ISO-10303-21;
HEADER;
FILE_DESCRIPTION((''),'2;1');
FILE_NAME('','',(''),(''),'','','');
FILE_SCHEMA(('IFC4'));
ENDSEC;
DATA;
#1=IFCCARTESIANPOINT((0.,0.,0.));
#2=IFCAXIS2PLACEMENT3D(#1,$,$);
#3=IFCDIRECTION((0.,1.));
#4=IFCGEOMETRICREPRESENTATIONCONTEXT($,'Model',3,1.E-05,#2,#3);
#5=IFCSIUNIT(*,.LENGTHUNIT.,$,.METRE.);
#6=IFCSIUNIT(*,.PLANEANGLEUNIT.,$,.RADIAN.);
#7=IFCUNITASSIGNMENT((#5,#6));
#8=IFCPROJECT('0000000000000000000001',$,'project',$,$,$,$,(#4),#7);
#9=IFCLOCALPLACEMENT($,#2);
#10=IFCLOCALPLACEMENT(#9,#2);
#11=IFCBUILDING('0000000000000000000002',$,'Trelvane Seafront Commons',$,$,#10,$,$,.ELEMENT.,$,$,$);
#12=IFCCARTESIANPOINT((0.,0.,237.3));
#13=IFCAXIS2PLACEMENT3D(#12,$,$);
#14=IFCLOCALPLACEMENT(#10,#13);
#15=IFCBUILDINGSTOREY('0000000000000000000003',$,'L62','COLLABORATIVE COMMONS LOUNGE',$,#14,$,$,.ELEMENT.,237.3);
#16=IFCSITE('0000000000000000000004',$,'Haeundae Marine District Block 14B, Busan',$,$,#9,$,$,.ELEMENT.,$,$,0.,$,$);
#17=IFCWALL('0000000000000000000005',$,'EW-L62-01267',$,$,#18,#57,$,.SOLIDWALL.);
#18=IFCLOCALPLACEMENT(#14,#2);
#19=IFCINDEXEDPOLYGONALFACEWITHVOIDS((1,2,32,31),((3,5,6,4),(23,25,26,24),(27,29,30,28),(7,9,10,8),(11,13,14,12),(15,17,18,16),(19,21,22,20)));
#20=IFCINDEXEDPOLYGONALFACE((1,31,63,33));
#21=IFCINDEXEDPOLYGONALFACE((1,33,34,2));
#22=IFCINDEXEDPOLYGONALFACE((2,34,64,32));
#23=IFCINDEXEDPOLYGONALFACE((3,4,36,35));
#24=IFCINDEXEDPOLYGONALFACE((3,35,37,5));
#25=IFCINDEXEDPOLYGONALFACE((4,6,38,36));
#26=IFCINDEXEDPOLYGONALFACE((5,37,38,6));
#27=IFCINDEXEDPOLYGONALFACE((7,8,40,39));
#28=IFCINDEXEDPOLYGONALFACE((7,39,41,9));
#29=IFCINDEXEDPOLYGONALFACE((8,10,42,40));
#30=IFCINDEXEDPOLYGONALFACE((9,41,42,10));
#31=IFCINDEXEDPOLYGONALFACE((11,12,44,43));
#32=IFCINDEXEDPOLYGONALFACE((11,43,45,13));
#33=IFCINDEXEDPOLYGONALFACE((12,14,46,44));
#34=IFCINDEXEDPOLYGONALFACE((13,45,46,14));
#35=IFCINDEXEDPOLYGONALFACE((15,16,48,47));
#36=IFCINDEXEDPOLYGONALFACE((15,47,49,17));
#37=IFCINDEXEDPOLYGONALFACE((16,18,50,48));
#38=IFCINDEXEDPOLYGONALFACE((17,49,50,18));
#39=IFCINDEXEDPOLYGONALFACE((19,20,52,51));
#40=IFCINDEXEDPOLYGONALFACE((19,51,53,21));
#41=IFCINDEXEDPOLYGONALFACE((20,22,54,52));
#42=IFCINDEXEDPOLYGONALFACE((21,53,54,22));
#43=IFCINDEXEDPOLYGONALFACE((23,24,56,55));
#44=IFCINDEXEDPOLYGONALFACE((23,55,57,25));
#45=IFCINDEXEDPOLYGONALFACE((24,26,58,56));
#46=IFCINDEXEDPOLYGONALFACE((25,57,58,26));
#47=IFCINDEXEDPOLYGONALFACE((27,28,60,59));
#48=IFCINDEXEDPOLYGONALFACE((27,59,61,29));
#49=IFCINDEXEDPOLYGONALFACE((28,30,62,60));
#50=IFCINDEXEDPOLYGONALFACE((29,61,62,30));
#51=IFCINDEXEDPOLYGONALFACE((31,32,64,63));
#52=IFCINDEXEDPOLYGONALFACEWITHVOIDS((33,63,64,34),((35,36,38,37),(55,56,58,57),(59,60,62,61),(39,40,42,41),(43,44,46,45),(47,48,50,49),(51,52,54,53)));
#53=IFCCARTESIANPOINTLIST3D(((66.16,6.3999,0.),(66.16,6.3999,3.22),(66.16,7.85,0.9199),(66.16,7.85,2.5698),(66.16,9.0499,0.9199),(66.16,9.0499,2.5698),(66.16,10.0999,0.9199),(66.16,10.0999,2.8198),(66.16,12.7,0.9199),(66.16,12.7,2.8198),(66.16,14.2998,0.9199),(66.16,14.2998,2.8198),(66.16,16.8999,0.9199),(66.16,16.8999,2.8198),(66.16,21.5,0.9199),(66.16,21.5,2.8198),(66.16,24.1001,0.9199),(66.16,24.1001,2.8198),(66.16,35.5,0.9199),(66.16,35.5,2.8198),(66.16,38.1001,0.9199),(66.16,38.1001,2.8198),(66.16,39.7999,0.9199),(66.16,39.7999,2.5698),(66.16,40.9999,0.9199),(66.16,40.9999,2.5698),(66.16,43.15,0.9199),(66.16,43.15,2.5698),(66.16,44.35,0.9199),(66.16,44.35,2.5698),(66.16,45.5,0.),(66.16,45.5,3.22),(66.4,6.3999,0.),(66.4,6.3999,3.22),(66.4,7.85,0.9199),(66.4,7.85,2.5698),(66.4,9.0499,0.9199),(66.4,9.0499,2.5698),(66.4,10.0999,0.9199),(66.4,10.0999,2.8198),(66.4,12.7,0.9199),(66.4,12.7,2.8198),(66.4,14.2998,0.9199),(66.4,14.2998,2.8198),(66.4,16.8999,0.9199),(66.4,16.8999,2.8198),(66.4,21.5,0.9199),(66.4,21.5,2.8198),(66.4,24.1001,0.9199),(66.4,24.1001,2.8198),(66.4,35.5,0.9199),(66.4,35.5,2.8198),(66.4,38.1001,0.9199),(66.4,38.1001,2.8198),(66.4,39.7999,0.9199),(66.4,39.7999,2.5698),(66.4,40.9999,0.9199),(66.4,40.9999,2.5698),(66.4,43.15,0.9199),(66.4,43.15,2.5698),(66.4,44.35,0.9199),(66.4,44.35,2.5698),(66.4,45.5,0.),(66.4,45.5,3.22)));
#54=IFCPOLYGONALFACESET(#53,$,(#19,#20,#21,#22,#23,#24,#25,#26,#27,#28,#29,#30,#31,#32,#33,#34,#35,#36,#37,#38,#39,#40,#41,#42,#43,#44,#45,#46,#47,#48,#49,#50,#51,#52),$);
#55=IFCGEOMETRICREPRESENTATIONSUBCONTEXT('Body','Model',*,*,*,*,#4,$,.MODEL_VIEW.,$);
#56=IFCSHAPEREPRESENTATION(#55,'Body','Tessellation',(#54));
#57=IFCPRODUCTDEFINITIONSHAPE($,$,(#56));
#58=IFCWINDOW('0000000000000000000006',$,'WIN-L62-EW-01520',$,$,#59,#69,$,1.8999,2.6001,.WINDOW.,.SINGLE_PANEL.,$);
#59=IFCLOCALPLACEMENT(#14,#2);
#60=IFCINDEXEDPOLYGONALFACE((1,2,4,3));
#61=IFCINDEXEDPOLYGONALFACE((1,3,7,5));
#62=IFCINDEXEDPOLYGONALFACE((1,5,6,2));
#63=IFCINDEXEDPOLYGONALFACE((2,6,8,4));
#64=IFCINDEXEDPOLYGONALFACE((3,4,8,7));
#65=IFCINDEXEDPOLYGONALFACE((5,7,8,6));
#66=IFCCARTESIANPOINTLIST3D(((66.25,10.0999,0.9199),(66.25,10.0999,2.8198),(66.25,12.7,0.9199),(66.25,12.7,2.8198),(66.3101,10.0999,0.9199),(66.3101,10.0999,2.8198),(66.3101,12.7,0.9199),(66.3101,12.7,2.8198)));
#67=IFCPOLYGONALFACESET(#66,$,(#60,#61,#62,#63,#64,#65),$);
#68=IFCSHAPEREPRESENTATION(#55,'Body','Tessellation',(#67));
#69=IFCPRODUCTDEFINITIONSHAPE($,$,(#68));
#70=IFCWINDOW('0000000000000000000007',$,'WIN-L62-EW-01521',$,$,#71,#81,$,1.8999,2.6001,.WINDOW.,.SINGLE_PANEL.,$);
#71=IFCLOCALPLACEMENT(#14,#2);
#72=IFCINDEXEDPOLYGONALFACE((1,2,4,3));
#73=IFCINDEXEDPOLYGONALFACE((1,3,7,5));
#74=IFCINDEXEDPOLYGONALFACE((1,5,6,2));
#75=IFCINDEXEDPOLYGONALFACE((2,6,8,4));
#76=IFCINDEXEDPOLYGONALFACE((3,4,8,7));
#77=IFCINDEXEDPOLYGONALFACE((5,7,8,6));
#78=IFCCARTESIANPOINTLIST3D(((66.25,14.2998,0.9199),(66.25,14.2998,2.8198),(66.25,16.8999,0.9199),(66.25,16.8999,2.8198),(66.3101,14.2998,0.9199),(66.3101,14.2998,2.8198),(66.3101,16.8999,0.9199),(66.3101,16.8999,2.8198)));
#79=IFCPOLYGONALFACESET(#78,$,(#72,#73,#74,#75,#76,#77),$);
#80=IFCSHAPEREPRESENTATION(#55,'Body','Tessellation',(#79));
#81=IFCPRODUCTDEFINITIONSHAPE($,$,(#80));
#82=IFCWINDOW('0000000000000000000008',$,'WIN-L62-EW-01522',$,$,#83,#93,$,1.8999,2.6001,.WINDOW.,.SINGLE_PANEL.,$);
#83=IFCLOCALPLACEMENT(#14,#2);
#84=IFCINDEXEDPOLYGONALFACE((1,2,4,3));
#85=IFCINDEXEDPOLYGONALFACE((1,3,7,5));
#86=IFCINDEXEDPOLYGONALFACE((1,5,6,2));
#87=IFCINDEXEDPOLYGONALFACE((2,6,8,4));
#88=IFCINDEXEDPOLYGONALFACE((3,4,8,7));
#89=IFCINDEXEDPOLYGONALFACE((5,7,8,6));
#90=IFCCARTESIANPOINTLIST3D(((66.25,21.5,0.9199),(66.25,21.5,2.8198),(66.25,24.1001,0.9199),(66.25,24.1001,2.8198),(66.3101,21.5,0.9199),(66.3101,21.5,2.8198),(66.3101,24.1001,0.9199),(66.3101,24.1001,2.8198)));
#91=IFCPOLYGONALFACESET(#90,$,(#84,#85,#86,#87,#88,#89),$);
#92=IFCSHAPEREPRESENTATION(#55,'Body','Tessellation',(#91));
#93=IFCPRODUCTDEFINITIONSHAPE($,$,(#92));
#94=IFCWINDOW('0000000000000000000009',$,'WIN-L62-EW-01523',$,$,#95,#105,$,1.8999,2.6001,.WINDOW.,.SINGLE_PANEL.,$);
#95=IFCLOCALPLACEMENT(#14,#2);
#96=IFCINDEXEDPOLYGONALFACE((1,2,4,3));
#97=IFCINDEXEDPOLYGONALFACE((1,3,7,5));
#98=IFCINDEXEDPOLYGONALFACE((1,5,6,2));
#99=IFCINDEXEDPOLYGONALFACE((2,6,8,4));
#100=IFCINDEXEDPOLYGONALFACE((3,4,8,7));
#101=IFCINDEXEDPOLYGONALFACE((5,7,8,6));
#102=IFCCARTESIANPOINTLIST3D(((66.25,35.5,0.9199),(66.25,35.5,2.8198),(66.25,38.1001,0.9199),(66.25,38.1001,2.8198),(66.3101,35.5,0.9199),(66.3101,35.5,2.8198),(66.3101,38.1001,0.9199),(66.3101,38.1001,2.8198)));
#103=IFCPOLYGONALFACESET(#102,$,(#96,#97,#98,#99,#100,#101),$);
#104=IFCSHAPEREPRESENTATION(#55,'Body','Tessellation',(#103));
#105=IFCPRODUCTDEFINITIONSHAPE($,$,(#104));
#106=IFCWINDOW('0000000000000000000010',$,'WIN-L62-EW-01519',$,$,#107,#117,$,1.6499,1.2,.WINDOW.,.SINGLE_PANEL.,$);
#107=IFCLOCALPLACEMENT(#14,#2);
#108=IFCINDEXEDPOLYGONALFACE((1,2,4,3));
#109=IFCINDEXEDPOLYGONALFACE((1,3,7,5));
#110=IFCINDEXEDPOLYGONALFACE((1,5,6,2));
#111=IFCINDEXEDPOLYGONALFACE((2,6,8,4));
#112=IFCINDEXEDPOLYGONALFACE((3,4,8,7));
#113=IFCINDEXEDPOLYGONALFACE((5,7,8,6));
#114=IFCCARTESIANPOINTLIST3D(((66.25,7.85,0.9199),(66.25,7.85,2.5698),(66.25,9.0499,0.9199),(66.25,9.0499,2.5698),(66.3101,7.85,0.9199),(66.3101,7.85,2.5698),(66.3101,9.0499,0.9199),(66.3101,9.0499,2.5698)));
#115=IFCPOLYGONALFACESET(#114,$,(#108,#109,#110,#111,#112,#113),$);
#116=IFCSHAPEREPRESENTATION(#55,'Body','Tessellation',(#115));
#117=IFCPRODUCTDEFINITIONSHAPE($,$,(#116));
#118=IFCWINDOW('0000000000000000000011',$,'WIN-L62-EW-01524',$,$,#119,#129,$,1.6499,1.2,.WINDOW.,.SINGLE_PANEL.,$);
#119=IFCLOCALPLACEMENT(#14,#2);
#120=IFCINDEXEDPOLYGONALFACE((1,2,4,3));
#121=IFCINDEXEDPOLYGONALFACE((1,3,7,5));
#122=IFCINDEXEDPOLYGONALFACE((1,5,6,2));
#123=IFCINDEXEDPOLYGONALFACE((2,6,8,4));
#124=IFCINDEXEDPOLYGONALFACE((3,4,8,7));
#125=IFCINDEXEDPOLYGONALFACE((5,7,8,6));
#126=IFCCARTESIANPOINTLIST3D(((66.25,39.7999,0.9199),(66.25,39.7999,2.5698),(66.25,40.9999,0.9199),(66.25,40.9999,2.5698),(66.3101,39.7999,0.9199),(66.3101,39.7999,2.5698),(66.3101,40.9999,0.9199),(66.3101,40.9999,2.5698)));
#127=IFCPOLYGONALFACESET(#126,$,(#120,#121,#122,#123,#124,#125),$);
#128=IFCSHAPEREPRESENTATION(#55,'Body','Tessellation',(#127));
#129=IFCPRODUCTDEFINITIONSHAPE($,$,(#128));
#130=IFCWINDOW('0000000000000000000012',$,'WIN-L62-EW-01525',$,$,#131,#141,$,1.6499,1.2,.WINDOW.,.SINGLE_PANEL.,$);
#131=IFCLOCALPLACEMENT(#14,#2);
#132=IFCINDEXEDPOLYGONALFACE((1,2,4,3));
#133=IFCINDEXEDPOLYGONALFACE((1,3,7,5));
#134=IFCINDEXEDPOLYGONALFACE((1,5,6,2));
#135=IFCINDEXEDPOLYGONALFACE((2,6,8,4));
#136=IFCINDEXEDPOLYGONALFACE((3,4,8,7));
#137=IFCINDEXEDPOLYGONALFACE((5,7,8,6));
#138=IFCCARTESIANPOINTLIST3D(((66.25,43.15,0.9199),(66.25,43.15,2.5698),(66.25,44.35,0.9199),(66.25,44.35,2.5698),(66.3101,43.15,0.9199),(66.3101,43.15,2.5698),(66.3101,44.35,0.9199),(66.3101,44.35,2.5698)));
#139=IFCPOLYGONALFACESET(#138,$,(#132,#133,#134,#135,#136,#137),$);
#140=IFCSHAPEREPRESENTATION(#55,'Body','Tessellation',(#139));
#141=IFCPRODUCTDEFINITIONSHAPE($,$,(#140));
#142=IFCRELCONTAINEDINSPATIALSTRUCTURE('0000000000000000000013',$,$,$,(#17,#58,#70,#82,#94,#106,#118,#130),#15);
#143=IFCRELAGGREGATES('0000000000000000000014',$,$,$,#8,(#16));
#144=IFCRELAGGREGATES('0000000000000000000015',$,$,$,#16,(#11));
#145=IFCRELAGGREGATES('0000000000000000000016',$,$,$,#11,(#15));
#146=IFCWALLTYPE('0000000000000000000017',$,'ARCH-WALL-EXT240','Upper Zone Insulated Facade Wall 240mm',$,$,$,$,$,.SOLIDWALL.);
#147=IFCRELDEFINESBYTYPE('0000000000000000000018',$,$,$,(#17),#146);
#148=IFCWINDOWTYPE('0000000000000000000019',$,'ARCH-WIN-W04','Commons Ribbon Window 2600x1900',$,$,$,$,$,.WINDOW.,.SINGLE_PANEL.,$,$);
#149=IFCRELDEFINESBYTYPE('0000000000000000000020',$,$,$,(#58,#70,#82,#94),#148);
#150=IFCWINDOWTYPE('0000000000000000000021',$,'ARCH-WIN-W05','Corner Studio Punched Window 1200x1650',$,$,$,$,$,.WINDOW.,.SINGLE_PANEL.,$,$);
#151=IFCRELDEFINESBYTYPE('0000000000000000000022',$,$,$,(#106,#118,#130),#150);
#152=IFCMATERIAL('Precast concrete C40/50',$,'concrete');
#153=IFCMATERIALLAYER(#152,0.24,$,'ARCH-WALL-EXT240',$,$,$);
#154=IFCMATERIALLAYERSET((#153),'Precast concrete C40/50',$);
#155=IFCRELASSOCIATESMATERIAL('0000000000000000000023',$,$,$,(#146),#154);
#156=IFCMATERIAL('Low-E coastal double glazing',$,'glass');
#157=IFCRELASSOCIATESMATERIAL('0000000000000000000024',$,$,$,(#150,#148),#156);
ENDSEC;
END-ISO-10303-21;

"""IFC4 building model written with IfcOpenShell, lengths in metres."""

from ifc_helpers import new_model, si_unit, direction, frame, frame_2d, origin, place, context, subcontext, project, spatial, rectangle, extrude, source, transform, mapped, material, layer, layer_set, type_object, element, fill, save


model = new_model("IFC4")

# Units and contexts
model_context = context("Model", 3, precision=1e-05, world=origin(), true_north=direction((0.0, 1.0)))
body_context = subcontext(model_context, "Body", "Model", "MODEL_VIEW")
ifc_project = project(units=[si_unit("LENGTHUNIT", "METRE"), si_unit("PLANEANGLEUNIT", "RADIAN")], contexts=[model_context])

# Site, building, storey
site_placement = place(None, origin())
site = spatial("IfcSite", under=ifc_project, at=site_placement, Name="Haeundae Marine District Block 14B, Busan", CompositionType="ELEMENT", RefElevation=0.0)
building_placement = place(site_placement, origin())
building = spatial("IfcBuilding", under=site, at=building_placement, Name="Trelvane Seafront Commons", CompositionType="ELEMENT")
storey_placement = place(building_placement, frame((0.0, 0.0, 237.3)))
storey = spatial("IfcBuildingStorey", under=building, at=storey_placement, Name="L62", Description="COLLABORATIVE COMMONS LOUNGE", CompositionType="ELEMENT", Elevation=237.3)

# Shared definitions
ifc_material_1 = material(Name="Low-E coastal double glazing", Category="glass")

# Shared definitions
ifc_material_2 = material(Name="Precast concrete C40/50", Category="concrete")
ifc_layer_1 = layer(ifc_material_2, 0.24, Name="ARCH-WALL-EXT240")
ifc_layer_set_1 = layer_set([ifc_layer_1], Name="Precast concrete C40/50")
wall_type = type_object("IfcWallType", Name="ARCH-WALL-EXT240", Description="Upper Zone Insulated Facade Wall 240mm", PredefinedType="SOLIDWALL", material=ifc_layer_set_1)
window_type_1 = type_object("IfcWindowType", Name="ARCH-WIN-W05", Description="Corner Studio Punched Window 1200x1650", PartitioningType="SINGLE_PANEL", PredefinedType="WINDOW", material=ifc_material_1)
shared_shape_1 = source(origin(), body_context, "Body", "SweptSolid", [
    extrude(rectangle(XDim=1.2, YDim=1.6499, at=frame_2d((0.6001, 0.825))), frame((0.0, 0.03, 0.0), z_axis=(0.0, -1.0, 0.0), x_axis=(1.0, 0.0, 0.0)), (0.0, 0.0, 1.0), 0.0601),
])

# Wall, openings, windows
wall_1_placement = place(storey_placement, frame((66.28, 45.5, 0.0), z_axis=(0.0, 0.0, 1.0), x_axis=(0.0, -1.0, 0.0)))
wall_1 = element("IfcWall", 1, at=wall_1_placement, inside=storey, type_object=wall_type, Name="EW-L62-01267", PredefinedType="SOLIDWALL", context=body_context, shape_type="SweptSolid", body=[
    extrude(rectangle(XDim=39.1001, YDim=0.24, at=frame_2d((19.55, 0.0))), origin(), (0.0, 0.0, 1.0), 3.22),
])
opening_1_placement = place(wall_1_placement, frame((36.45, 0.0, 0.9199)))
opening_1 = element("IfcOpeningElement", 2, at=opening_1_placement, cuts=wall_1, PredefinedType="OPENING", context=body_context, shape_type="SweptSolid", body=[
    extrude(rectangle(XDim=1.2, YDim=1.6499, at=frame_2d((0.6001, 0.825))), frame((0.0, 0.1299, 0.0), z_axis=(0.0, -1.0, 0.0), x_axis=(1.0, 0.0, 0.0)), (0.0, 0.0, 1.0), 0.26),
])
opening_2_placement = place(wall_1_placement, frame((32.8, 0.0, 0.9199)))
opening_2 = element("IfcOpeningElement", 3, at=opening_2_placement, cuts=wall_1, PredefinedType="OPENING", context=body_context, shape_type="SweptSolid", body=[
    extrude(rectangle(XDim=2.6001, YDim=1.8999, at=frame_2d((1.3, 0.95))), frame((0.0, 0.1299, 0.0), z_axis=(0.0, -1.0, 0.0), x_axis=(1.0, 0.0, 0.0)), (0.0, 0.0, 1.0), 0.26),
])
opening_3_placement = place(wall_1_placement, frame((28.6001, 0.0, 0.9199)))
opening_3 = element("IfcOpeningElement", 4, at=opening_3_placement, cuts=wall_1, PredefinedType="OPENING", context=body_context, shape_type="SweptSolid", body=[
    extrude(rectangle(XDim=2.6001, YDim=1.8999, at=frame_2d((1.3, 0.95))), frame((0.0, 0.1299, 0.0), z_axis=(0.0, -1.0, 0.0), x_axis=(1.0, 0.0, 0.0)), (0.0, 0.0, 1.0), 0.26),
])
opening_4_placement = place(wall_1_placement, frame((21.3999, 0.0, 0.9199)))
opening_4 = element("IfcOpeningElement", 5, at=opening_4_placement, cuts=wall_1, PredefinedType="OPENING", context=body_context, shape_type="SweptSolid", body=[
    extrude(rectangle(XDim=2.6001, YDim=1.8999, at=frame_2d((1.3, 0.95))), frame((0.0, 0.1299, 0.0), z_axis=(0.0, -1.0, 0.0), x_axis=(1.0, 0.0, 0.0)), (0.0, 0.0, 1.0), 0.26),
])
opening_5_placement = place(wall_1_placement, frame((7.3999, 0.0, 0.9199)))
opening_5 = element("IfcOpeningElement", 6, at=opening_5_placement, cuts=wall_1, PredefinedType="OPENING", context=body_context, shape_type="SweptSolid", body=[
    extrude(rectangle(XDim=2.6001, YDim=1.8999, at=frame_2d((1.3, 0.95))), frame((0.0, 0.1299, 0.0), z_axis=(0.0, -1.0, 0.0), x_axis=(1.0, 0.0, 0.0)), (0.0, 0.0, 1.0), 0.26),
])
opening_6_placement = place(wall_1_placement, frame((4.5, 0.0, 0.9199)))
opening_6 = element("IfcOpeningElement", 7, at=opening_6_placement, cuts=wall_1, PredefinedType="OPENING", context=body_context, shape_type="SweptSolid", body=[
    extrude(rectangle(XDim=1.2, YDim=1.6499, at=frame_2d((0.6001, 0.825))), frame((0.0, 0.1299, 0.0), z_axis=(0.0, -1.0, 0.0), x_axis=(1.0, 0.0, 0.0)), (0.0, 0.0, 1.0), 0.26),
])
opening_7_placement = place(wall_1_placement, frame((1.1499, 0.0, 0.9199)))
opening_7 = element("IfcOpeningElement", 8, at=opening_7_placement, cuts=wall_1, PredefinedType="OPENING", context=body_context, shape_type="SweptSolid", body=[
    extrude(rectangle(XDim=1.2, YDim=1.6499, at=frame_2d((0.6001, 0.825))), frame((0.0, 0.1299, 0.0), z_axis=(0.0, -1.0, 0.0), x_axis=(1.0, 0.0, 0.0)), (0.0, 0.0, 1.0), 0.26),
])
window_type_2 = type_object("IfcWindowType", Name="ARCH-WIN-W04", Description="Commons Ribbon Window 2600x1900", PartitioningType="SINGLE_PANEL", PredefinedType="WINDOW", material=ifc_material_1)
shared_shape_2 = source(origin(), body_context, "Body", "SweptSolid", [
    extrude(rectangle(XDim=2.6001, YDim=1.8999, at=frame_2d((1.3, 0.95))), frame((0.0, 0.03, 0.0), z_axis=(0.0, -1.0, 0.0), x_axis=(1.0, 0.0, 0.0)), (0.0, 0.0, 1.0), 0.0601),
])
window_1_placement = place(opening_2_placement, origin())
window_1 = element("IfcWindow", 9, at=window_1_placement, inside=storey, type_object=window_type_2, Name="WIN-L62-EW-01520", OverallHeight=1.8999, OverallWidth=2.6001, PartitioningType="SINGLE_PANEL", PredefinedType="WINDOW", context=body_context, shape_type="MappedRepresentation", body=[
    mapped(shared_shape_2, transform((0.0, 0.0, 0.0), x_axis=(1.0, 0.0, 0.0), y_axis=(0.0, 1.0, 0.0), z_axis=(0.0, 0.0, 1.0), scale=1.0)),
])
fill(opening_2, window_1)
window_2_placement = place(opening_3_placement, origin())
window_2 = element("IfcWindow", 10, at=window_2_placement, inside=storey, type_object=window_type_2, Name="WIN-L62-EW-01521", OverallHeight=1.8999, OverallWidth=2.6001, PartitioningType="SINGLE_PANEL", PredefinedType="WINDOW", context=body_context, shape_type="MappedRepresentation", body=[
    mapped(shared_shape_2, transform((0.0, 0.0, 0.0), x_axis=(1.0, 0.0, 0.0), y_axis=(0.0, 1.0, 0.0), z_axis=(0.0, 0.0, 1.0), scale=1.0)),
])
fill(opening_3, window_2)
window_3_placement = place(opening_4_placement, origin())
window_3 = element("IfcWindow", 11, at=window_3_placement, inside=storey, type_object=window_type_2, Name="WIN-L62-EW-01522", OverallHeight=1.8999, OverallWidth=2.6001, PartitioningType="SINGLE_PANEL", PredefinedType="WINDOW", context=body_context, shape_type="MappedRepresentation", body=[
    mapped(shared_shape_2, transform((0.0, 0.0, 0.0), x_axis=(1.0, 0.0, 0.0), y_axis=(0.0, 1.0, 0.0), z_axis=(0.0, 0.0, 1.0), scale=1.0)),
])
fill(opening_4, window_3)
window_4_placement = place(opening_5_placement, origin())
window_4 = element("IfcWindow", 12, at=window_4_placement, inside=storey, type_object=window_type_2, Name="WIN-L62-EW-01523", OverallHeight=1.8999, OverallWidth=2.6001, PartitioningType="SINGLE_PANEL", PredefinedType="WINDOW", context=body_context, shape_type="MappedRepresentation", body=[
    mapped(shared_shape_2, transform((0.0, 0.0, 0.0), x_axis=(1.0, 0.0, 0.0), y_axis=(0.0, 1.0, 0.0), z_axis=(0.0, 0.0, 1.0), scale=1.0)),
])
fill(opening_5, window_4)
window_5_placement = place(opening_1_placement, origin())
window_5 = element("IfcWindow", 13, at=window_5_placement, inside=storey, type_object=window_type_1, Name="WIN-L62-EW-01519", OverallHeight=1.6499, OverallWidth=1.2, PartitioningType="SINGLE_PANEL", PredefinedType="WINDOW", context=body_context, shape_type="MappedRepresentation", body=[
    mapped(shared_shape_1, transform((0.0, 0.0, 0.0), x_axis=(1.0, 0.0, 0.0), y_axis=(0.0, 1.0, 0.0), z_axis=(0.0, 0.0, 1.0), scale=1.0)),
])
fill(opening_1, window_5)
window_6_placement = place(opening_6_placement, origin())
window_6 = element("IfcWindow", 14, at=window_6_placement, inside=storey, type_object=window_type_1, Name="WIN-L62-EW-01524", OverallHeight=1.6499, OverallWidth=1.2, PartitioningType="SINGLE_PANEL", PredefinedType="WINDOW", context=body_context, shape_type="MappedRepresentation", body=[
    mapped(shared_shape_1, transform((0.0, 0.0, 0.0), x_axis=(1.0, 0.0, 0.0), y_axis=(0.0, 1.0, 0.0), z_axis=(0.0, 0.0, 1.0), scale=1.0)),
])
fill(opening_6, window_6)
window_7_placement = place(opening_7_placement, origin())
window_7 = element("IfcWindow", 15, at=window_7_placement, inside=storey, type_object=window_type_1, Name="WIN-L62-EW-01525", OverallHeight=1.6499, OverallWidth=1.2, PartitioningType="SINGLE_PANEL", PredefinedType="WINDOW", context=body_context, shape_type="MappedRepresentation", body=[
    mapped(shared_shape_1, transform((0.0, 0.0, 0.0), x_axis=(1.0, 0.0, 0.0), y_axis=(0.0, 1.0, 0.0), z_axis=(0.0, 0.0, 1.0), scale=1.0)),
])
fill(opening_7, window_7)

save(model, "model.ifc")
